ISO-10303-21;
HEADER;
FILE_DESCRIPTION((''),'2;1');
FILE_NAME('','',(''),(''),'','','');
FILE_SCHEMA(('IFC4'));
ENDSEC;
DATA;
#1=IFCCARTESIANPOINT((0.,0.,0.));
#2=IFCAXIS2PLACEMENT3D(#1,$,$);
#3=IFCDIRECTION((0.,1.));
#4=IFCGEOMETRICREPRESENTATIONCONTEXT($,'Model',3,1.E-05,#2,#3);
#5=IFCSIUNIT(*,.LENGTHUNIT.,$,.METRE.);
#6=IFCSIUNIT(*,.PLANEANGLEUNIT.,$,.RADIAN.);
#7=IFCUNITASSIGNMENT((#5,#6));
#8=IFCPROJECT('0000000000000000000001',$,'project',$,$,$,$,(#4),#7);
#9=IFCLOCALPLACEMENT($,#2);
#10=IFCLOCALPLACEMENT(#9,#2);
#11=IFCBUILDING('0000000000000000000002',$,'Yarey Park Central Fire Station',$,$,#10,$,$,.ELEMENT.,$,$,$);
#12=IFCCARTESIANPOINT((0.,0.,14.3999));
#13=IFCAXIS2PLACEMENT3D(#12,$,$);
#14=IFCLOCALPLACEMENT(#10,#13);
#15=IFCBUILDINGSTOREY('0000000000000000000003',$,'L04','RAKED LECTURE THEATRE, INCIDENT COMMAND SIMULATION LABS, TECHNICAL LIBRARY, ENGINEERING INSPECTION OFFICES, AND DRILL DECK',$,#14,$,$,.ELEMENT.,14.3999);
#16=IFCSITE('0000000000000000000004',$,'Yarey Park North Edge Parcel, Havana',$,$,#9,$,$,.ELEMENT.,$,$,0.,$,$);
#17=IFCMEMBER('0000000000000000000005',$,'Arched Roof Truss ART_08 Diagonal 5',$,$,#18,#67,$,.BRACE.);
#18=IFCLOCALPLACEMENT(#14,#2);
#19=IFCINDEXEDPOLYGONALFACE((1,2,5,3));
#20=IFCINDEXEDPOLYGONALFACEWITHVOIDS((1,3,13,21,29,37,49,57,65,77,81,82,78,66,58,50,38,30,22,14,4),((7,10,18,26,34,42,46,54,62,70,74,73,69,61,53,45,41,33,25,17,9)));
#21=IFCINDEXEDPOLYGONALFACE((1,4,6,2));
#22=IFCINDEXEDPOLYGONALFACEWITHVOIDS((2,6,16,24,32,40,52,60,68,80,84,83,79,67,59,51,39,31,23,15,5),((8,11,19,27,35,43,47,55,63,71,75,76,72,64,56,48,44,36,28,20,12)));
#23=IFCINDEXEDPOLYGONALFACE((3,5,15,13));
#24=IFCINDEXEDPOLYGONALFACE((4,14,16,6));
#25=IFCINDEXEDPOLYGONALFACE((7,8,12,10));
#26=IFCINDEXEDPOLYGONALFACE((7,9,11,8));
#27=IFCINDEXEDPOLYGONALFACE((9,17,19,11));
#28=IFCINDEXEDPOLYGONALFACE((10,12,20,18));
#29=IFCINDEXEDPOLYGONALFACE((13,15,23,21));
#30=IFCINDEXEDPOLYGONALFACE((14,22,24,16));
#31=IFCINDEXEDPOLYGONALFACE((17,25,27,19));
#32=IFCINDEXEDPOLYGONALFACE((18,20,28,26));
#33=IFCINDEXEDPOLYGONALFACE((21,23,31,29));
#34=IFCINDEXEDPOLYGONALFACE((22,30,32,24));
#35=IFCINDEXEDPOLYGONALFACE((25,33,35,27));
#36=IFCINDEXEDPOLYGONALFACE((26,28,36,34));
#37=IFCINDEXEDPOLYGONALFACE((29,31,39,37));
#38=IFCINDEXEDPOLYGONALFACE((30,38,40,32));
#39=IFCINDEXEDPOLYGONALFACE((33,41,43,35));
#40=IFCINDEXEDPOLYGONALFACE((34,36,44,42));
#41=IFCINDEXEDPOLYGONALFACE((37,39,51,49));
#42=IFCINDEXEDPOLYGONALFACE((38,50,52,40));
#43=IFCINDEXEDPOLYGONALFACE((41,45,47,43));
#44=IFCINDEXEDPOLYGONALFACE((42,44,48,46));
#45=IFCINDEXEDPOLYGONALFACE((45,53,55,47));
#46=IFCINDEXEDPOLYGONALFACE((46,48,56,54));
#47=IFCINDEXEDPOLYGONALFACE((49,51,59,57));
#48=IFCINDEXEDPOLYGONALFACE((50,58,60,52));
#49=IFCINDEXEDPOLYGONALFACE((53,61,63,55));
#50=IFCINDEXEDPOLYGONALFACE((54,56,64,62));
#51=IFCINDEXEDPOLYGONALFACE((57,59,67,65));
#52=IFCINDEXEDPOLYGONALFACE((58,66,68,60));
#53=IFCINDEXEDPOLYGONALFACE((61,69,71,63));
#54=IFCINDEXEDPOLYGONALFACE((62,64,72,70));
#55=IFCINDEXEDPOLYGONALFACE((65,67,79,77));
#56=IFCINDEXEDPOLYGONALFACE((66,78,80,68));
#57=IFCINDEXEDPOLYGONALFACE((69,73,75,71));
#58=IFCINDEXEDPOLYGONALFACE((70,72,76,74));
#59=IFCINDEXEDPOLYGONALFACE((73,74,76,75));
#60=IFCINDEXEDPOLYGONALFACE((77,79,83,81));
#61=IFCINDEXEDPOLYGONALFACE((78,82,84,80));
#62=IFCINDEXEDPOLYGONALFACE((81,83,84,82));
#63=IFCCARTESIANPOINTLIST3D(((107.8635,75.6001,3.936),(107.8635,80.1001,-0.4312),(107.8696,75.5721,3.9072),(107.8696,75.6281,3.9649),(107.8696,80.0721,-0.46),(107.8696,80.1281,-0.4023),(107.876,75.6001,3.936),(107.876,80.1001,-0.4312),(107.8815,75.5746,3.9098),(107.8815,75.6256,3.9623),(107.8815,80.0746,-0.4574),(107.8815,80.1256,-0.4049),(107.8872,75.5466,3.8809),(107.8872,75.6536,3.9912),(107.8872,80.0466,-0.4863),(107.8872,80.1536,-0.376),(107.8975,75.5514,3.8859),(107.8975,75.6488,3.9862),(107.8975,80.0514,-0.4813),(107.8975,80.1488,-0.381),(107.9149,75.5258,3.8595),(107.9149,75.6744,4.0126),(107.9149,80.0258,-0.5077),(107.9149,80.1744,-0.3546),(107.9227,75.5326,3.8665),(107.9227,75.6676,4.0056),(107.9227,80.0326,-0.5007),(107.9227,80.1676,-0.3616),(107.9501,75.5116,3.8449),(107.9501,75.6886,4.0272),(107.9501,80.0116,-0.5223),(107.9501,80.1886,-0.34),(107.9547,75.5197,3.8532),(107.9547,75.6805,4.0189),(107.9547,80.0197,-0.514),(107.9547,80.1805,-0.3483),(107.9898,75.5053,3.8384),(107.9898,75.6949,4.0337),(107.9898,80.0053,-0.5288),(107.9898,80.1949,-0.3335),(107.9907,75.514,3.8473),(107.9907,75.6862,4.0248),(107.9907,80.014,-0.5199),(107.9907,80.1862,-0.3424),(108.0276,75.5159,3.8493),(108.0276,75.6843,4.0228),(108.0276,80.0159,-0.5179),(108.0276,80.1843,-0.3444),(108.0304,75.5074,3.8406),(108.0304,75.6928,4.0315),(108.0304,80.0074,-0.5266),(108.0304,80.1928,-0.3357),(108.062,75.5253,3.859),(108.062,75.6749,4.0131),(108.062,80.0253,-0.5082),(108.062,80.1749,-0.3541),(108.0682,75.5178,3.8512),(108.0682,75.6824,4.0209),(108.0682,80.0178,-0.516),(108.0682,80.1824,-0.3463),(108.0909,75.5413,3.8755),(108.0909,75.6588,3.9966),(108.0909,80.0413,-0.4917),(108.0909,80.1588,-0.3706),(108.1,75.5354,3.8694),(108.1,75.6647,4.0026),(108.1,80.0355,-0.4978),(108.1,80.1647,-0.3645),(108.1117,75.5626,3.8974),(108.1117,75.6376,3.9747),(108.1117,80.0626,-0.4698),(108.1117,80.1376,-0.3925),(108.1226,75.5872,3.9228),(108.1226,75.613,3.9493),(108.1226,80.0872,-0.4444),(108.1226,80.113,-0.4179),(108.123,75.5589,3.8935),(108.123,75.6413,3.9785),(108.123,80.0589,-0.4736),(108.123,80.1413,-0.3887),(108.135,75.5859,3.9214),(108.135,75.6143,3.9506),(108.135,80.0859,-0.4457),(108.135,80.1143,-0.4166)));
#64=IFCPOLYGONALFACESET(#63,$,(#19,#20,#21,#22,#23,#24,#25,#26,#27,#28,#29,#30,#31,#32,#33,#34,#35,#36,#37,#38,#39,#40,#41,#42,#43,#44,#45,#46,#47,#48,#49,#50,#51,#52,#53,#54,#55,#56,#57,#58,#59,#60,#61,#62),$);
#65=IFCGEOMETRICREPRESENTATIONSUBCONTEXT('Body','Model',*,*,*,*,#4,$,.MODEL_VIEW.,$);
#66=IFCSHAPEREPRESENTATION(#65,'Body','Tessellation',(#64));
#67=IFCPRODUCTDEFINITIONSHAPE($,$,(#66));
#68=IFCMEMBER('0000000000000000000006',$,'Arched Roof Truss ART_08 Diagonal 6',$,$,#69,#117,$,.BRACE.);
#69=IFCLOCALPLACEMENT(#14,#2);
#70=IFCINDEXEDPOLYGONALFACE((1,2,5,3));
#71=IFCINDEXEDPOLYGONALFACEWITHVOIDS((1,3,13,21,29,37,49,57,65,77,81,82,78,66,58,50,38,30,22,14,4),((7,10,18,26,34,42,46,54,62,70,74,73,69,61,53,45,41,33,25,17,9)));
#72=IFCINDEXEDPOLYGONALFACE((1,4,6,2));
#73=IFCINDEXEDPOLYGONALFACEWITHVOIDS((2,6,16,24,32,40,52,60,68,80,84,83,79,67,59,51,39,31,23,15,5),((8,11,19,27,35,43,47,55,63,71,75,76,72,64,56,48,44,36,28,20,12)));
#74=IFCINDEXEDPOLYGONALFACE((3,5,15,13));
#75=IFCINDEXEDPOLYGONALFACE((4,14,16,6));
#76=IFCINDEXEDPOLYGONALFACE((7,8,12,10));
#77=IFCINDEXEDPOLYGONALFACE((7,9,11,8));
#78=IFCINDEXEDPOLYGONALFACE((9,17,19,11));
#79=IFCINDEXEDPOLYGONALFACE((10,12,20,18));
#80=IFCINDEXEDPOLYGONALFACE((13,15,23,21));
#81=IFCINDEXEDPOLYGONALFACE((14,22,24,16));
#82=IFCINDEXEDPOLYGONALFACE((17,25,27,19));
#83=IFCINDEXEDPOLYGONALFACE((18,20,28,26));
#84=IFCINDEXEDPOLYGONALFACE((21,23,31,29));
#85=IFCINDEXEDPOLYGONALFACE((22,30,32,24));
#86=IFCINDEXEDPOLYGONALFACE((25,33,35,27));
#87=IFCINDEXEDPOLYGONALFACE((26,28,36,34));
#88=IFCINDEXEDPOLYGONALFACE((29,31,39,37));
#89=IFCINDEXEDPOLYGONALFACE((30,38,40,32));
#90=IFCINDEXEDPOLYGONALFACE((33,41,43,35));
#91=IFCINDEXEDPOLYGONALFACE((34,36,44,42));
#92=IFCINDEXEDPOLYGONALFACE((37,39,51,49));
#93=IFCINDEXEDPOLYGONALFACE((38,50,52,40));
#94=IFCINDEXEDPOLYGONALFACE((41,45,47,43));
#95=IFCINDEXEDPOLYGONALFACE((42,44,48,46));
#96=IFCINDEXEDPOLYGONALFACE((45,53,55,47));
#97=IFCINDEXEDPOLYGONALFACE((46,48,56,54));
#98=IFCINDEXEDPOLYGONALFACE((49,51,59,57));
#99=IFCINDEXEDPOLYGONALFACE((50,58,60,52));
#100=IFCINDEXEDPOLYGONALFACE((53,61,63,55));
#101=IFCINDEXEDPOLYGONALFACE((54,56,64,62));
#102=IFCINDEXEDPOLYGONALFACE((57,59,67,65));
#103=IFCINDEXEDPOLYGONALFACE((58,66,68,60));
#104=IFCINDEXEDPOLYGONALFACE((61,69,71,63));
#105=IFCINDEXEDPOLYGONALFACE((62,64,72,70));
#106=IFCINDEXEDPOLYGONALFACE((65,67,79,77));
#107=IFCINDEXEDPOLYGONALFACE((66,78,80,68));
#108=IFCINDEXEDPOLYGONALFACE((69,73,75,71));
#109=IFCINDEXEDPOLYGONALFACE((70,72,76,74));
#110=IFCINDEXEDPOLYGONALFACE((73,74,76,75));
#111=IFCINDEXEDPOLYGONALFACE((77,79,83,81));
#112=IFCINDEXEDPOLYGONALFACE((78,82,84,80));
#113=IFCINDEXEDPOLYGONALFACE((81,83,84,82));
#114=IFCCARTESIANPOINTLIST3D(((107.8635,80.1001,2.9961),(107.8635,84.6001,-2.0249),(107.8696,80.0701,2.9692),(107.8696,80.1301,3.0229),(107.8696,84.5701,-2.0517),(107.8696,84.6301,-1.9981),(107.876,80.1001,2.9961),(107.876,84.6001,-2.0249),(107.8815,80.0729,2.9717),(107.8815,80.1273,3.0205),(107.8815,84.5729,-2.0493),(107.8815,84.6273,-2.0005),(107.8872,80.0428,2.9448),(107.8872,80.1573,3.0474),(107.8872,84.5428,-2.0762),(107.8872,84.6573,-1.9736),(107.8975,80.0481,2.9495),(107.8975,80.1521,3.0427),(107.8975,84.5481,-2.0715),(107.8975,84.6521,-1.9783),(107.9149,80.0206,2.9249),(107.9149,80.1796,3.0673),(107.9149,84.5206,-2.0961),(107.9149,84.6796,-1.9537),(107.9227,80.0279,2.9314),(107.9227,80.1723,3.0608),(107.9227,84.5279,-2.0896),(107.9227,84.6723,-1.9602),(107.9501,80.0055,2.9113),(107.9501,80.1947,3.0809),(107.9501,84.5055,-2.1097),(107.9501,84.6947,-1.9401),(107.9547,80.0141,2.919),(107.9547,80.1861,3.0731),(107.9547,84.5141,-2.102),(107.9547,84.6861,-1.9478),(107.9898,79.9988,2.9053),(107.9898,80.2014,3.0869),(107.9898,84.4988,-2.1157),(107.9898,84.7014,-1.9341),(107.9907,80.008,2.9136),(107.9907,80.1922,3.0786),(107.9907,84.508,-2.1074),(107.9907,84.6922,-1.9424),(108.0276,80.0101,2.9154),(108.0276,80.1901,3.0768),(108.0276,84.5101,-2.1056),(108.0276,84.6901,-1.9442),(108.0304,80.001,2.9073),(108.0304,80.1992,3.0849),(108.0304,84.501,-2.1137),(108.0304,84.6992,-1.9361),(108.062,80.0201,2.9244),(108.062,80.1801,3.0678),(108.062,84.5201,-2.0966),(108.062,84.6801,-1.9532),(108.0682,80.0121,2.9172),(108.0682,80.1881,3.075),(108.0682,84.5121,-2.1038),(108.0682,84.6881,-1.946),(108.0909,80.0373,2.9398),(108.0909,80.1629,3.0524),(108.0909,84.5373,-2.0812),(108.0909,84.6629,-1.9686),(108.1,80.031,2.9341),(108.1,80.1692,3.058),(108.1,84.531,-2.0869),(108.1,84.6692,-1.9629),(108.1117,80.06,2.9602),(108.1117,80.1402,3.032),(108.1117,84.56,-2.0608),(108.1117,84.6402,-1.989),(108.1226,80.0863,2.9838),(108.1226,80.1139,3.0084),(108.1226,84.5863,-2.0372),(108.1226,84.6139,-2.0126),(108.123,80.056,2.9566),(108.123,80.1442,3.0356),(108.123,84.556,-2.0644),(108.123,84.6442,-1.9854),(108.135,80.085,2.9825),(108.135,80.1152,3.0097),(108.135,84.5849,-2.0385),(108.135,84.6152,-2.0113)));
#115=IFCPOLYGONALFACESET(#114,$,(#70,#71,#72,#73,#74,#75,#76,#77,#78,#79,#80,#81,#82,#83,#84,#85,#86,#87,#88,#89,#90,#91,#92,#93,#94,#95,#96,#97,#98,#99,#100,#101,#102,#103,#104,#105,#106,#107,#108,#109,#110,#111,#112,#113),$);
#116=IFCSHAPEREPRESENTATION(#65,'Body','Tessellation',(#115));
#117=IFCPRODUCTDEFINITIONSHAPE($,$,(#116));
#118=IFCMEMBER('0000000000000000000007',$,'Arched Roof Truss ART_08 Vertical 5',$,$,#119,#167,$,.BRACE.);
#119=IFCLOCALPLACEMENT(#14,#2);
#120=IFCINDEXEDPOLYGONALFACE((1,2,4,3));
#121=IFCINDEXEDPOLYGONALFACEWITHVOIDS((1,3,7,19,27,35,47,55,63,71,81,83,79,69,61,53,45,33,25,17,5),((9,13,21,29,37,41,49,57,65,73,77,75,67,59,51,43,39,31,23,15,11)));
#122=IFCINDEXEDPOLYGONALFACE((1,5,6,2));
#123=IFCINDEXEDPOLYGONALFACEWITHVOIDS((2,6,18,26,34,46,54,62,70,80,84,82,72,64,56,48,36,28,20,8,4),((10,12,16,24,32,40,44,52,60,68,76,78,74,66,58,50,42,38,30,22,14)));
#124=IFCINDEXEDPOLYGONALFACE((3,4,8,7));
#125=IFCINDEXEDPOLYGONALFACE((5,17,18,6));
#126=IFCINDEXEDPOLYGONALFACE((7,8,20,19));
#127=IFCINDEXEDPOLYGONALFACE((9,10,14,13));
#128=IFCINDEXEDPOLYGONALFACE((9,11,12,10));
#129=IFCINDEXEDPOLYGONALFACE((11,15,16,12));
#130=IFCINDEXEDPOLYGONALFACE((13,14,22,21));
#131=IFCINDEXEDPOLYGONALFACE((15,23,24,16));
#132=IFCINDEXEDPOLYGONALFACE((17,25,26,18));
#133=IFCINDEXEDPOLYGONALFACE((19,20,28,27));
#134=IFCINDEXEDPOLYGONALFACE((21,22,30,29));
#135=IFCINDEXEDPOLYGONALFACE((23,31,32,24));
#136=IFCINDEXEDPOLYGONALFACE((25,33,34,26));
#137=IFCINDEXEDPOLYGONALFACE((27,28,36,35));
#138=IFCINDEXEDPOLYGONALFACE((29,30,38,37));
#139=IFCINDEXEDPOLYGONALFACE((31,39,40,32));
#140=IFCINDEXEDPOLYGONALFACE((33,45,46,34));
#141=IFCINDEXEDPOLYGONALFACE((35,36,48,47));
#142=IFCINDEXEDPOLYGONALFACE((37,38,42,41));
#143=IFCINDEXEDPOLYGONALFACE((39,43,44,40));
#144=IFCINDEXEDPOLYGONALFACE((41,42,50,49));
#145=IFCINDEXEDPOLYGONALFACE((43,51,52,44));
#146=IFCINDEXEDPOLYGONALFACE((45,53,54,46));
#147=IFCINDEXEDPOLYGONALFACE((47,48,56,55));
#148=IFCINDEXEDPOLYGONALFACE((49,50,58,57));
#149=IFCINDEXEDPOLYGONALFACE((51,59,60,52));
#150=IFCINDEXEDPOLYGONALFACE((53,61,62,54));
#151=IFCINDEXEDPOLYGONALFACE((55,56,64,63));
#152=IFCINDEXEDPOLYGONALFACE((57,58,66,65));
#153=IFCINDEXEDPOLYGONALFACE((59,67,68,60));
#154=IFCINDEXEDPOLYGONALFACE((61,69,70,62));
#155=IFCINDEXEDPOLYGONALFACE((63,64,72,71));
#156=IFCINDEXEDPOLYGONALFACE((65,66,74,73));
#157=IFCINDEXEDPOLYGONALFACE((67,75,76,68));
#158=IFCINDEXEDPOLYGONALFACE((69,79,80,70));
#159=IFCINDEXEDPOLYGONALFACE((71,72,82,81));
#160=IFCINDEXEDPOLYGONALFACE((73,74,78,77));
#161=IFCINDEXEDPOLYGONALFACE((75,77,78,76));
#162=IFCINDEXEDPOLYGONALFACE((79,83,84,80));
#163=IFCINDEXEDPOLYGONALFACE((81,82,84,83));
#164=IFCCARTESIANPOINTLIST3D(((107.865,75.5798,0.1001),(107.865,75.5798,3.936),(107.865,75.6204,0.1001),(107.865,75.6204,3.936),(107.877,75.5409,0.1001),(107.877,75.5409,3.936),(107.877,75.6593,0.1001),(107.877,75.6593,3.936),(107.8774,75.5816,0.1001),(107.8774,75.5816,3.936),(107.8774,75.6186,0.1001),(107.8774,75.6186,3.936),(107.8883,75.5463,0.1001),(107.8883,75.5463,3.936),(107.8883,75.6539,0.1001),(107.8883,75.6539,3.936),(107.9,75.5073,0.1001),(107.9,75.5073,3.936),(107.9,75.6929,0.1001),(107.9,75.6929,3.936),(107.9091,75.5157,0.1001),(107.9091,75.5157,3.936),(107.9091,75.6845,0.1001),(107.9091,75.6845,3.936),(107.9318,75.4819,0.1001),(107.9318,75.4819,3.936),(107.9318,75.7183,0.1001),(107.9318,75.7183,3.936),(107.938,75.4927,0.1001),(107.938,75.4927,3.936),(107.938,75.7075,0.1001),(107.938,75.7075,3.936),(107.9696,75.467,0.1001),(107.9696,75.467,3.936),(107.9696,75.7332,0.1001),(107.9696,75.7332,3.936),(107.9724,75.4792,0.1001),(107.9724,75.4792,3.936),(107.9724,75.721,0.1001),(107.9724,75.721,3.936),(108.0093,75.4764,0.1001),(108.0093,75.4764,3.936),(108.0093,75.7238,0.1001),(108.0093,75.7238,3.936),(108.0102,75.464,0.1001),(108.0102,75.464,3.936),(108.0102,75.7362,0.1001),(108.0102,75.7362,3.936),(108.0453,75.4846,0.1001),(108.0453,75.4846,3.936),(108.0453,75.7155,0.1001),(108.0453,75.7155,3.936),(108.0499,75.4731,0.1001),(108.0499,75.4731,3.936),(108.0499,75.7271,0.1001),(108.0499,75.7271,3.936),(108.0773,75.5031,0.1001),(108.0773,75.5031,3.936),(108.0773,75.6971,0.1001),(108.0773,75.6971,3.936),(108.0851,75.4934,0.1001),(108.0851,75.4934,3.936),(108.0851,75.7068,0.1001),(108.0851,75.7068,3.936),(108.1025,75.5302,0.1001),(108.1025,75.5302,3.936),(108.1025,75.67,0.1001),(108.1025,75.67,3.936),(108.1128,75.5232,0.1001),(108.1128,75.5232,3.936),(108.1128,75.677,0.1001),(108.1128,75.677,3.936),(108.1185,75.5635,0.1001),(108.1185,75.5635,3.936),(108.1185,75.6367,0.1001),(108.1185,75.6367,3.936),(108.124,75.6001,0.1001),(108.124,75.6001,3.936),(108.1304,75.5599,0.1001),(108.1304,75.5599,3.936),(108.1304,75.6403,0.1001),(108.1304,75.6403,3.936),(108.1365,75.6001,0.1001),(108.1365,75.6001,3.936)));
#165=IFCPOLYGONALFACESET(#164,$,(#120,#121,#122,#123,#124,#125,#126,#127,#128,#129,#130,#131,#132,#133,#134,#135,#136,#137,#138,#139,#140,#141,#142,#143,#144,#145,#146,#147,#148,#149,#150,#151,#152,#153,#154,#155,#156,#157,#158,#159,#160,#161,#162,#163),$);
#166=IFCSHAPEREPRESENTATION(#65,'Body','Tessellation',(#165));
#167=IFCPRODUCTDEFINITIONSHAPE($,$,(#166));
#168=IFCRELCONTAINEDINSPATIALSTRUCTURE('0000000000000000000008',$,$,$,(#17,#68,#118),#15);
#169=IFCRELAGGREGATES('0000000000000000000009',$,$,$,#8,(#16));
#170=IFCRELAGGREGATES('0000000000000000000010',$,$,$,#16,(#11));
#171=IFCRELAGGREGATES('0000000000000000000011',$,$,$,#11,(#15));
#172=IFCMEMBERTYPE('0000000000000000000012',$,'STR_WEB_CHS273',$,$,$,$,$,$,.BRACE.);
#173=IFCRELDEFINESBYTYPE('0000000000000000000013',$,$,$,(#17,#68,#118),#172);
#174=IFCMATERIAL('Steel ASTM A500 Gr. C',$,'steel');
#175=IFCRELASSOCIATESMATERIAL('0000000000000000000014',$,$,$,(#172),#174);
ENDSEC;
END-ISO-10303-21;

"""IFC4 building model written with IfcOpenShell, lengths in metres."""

from ifc_helpers import new_model, si_unit, direction, frame, origin, origin_2d, place, context, subcontext, project, spatial, hollow_circle, extrude, material, material_profile, profile_set, type_object, element, save


model = new_model("IFC4")

# Units and contexts
model_context = context("Model", 3, precision=1e-05, world=origin(), true_north=direction((0.0, 1.0)))
body_context = subcontext(model_context, "Body", "Model", "MODEL_VIEW")
ifc_project = project(units=[si_unit("LENGTHUNIT", "METRE"), si_unit("PLANEANGLEUNIT", "RADIAN")], contexts=[model_context])

# Site, building, storey
site_placement = place(None, origin())
site = spatial("IfcSite", under=ifc_project, at=site_placement, Name="Yarey Park North Edge Parcel, Havana", CompositionType="ELEMENT", RefElevation=0.0)
building_placement = place(site_placement, origin())
building = spatial("IfcBuilding", under=site, at=building_placement, Name="Yarey Park Central Fire Station", CompositionType="ELEMENT")
storey_placement = place(building_placement, frame((0.0, 0.0, 14.3999)))
storey = spatial("IfcBuildingStorey", under=building, at=storey_placement, Name="L04", Description="RAKED LECTURE THEATRE, INCIDENT COMMAND SIMULATION LABS, TECHNICAL LIBRARY, ENGINEERING INSPECTION OFFICES, AND DRILL DECK", CompositionType="ELEMENT", Elevation=14.3999)

# Members
ifc_material_1 = material(Name="Steel ASTM A500 Gr. C", Category="steel")
ifc_material_profile_1 = material_profile(ifc_material_1, hollow_circle(Radius=0.1365, WallThickness=0.0125, at=origin_2d()), Name="CHS 273x12.5")
ifc_profile_set_1 = profile_set([ifc_material_profile_1], Name="Steel ASTM A500 Gr. C")
member_type_1 = type_object("IfcMemberType", Name="STR_WEB_CHS273", PredefinedType="BRACE", material=ifc_profile_set_1)
member_1_placement = place(storey_placement, frame((108.0, 75.6001, 3.936), z_axis=(0.0, 0.717617, -0.696438), x_axis=(-1.0, 0.0, 0.0)))
element("IfcMember", 1, at=member_1_placement, inside=storey, type_object=member_type_1, Name="Arched Roof Truss ART_08 Diagonal 5", PredefinedType="BRACE", context=body_context, shape_type="SweptSolid", body=[
    extrude(hollow_circle(Radius=0.1365, WallThickness=0.0125, at=origin_2d()), origin(), (0.0, 0.0, 1.0), 6.2708),
])
member_2_placement = place(storey_placement, frame((108.0, 80.1001, 2.9961), z_axis=(0.0, 0.667415, -0.744686), x_axis=(-1.0, 0.0, 0.0)))
element("IfcMember", 2, at=member_2_placement, inside=storey, type_object=member_type_1, Name="Arched Roof Truss ART_08 Diagonal 6", PredefinedType="BRACE", context=body_context, shape_type="SweptSolid", body=[
    extrude(hollow_circle(Radius=0.1365, WallThickness=0.0125, at=origin_2d()), origin(), (0.0, 0.0, 1.0), 6.7424),
])
member_3_placement = place(storey_placement, frame((108.0, 75.6001, 0.1001), z_axis=(0.0, 0.0, 1.0), x_axis=(1.0, 0.0, 0.0)))
element("IfcMember", 3, at=member_3_placement, inside=storey, type_object=member_type_1, Name="Arched Roof Truss ART_08 Vertical 5", PredefinedType="BRACE", context=body_context, shape_type="SweptSolid", body=[
    extrude(hollow_circle(Radius=0.1365, WallThickness=0.0125, at=origin_2d()), origin(), (0.0, 0.0, 1.0), 3.8359),
])

save(model, "model.ifc")
